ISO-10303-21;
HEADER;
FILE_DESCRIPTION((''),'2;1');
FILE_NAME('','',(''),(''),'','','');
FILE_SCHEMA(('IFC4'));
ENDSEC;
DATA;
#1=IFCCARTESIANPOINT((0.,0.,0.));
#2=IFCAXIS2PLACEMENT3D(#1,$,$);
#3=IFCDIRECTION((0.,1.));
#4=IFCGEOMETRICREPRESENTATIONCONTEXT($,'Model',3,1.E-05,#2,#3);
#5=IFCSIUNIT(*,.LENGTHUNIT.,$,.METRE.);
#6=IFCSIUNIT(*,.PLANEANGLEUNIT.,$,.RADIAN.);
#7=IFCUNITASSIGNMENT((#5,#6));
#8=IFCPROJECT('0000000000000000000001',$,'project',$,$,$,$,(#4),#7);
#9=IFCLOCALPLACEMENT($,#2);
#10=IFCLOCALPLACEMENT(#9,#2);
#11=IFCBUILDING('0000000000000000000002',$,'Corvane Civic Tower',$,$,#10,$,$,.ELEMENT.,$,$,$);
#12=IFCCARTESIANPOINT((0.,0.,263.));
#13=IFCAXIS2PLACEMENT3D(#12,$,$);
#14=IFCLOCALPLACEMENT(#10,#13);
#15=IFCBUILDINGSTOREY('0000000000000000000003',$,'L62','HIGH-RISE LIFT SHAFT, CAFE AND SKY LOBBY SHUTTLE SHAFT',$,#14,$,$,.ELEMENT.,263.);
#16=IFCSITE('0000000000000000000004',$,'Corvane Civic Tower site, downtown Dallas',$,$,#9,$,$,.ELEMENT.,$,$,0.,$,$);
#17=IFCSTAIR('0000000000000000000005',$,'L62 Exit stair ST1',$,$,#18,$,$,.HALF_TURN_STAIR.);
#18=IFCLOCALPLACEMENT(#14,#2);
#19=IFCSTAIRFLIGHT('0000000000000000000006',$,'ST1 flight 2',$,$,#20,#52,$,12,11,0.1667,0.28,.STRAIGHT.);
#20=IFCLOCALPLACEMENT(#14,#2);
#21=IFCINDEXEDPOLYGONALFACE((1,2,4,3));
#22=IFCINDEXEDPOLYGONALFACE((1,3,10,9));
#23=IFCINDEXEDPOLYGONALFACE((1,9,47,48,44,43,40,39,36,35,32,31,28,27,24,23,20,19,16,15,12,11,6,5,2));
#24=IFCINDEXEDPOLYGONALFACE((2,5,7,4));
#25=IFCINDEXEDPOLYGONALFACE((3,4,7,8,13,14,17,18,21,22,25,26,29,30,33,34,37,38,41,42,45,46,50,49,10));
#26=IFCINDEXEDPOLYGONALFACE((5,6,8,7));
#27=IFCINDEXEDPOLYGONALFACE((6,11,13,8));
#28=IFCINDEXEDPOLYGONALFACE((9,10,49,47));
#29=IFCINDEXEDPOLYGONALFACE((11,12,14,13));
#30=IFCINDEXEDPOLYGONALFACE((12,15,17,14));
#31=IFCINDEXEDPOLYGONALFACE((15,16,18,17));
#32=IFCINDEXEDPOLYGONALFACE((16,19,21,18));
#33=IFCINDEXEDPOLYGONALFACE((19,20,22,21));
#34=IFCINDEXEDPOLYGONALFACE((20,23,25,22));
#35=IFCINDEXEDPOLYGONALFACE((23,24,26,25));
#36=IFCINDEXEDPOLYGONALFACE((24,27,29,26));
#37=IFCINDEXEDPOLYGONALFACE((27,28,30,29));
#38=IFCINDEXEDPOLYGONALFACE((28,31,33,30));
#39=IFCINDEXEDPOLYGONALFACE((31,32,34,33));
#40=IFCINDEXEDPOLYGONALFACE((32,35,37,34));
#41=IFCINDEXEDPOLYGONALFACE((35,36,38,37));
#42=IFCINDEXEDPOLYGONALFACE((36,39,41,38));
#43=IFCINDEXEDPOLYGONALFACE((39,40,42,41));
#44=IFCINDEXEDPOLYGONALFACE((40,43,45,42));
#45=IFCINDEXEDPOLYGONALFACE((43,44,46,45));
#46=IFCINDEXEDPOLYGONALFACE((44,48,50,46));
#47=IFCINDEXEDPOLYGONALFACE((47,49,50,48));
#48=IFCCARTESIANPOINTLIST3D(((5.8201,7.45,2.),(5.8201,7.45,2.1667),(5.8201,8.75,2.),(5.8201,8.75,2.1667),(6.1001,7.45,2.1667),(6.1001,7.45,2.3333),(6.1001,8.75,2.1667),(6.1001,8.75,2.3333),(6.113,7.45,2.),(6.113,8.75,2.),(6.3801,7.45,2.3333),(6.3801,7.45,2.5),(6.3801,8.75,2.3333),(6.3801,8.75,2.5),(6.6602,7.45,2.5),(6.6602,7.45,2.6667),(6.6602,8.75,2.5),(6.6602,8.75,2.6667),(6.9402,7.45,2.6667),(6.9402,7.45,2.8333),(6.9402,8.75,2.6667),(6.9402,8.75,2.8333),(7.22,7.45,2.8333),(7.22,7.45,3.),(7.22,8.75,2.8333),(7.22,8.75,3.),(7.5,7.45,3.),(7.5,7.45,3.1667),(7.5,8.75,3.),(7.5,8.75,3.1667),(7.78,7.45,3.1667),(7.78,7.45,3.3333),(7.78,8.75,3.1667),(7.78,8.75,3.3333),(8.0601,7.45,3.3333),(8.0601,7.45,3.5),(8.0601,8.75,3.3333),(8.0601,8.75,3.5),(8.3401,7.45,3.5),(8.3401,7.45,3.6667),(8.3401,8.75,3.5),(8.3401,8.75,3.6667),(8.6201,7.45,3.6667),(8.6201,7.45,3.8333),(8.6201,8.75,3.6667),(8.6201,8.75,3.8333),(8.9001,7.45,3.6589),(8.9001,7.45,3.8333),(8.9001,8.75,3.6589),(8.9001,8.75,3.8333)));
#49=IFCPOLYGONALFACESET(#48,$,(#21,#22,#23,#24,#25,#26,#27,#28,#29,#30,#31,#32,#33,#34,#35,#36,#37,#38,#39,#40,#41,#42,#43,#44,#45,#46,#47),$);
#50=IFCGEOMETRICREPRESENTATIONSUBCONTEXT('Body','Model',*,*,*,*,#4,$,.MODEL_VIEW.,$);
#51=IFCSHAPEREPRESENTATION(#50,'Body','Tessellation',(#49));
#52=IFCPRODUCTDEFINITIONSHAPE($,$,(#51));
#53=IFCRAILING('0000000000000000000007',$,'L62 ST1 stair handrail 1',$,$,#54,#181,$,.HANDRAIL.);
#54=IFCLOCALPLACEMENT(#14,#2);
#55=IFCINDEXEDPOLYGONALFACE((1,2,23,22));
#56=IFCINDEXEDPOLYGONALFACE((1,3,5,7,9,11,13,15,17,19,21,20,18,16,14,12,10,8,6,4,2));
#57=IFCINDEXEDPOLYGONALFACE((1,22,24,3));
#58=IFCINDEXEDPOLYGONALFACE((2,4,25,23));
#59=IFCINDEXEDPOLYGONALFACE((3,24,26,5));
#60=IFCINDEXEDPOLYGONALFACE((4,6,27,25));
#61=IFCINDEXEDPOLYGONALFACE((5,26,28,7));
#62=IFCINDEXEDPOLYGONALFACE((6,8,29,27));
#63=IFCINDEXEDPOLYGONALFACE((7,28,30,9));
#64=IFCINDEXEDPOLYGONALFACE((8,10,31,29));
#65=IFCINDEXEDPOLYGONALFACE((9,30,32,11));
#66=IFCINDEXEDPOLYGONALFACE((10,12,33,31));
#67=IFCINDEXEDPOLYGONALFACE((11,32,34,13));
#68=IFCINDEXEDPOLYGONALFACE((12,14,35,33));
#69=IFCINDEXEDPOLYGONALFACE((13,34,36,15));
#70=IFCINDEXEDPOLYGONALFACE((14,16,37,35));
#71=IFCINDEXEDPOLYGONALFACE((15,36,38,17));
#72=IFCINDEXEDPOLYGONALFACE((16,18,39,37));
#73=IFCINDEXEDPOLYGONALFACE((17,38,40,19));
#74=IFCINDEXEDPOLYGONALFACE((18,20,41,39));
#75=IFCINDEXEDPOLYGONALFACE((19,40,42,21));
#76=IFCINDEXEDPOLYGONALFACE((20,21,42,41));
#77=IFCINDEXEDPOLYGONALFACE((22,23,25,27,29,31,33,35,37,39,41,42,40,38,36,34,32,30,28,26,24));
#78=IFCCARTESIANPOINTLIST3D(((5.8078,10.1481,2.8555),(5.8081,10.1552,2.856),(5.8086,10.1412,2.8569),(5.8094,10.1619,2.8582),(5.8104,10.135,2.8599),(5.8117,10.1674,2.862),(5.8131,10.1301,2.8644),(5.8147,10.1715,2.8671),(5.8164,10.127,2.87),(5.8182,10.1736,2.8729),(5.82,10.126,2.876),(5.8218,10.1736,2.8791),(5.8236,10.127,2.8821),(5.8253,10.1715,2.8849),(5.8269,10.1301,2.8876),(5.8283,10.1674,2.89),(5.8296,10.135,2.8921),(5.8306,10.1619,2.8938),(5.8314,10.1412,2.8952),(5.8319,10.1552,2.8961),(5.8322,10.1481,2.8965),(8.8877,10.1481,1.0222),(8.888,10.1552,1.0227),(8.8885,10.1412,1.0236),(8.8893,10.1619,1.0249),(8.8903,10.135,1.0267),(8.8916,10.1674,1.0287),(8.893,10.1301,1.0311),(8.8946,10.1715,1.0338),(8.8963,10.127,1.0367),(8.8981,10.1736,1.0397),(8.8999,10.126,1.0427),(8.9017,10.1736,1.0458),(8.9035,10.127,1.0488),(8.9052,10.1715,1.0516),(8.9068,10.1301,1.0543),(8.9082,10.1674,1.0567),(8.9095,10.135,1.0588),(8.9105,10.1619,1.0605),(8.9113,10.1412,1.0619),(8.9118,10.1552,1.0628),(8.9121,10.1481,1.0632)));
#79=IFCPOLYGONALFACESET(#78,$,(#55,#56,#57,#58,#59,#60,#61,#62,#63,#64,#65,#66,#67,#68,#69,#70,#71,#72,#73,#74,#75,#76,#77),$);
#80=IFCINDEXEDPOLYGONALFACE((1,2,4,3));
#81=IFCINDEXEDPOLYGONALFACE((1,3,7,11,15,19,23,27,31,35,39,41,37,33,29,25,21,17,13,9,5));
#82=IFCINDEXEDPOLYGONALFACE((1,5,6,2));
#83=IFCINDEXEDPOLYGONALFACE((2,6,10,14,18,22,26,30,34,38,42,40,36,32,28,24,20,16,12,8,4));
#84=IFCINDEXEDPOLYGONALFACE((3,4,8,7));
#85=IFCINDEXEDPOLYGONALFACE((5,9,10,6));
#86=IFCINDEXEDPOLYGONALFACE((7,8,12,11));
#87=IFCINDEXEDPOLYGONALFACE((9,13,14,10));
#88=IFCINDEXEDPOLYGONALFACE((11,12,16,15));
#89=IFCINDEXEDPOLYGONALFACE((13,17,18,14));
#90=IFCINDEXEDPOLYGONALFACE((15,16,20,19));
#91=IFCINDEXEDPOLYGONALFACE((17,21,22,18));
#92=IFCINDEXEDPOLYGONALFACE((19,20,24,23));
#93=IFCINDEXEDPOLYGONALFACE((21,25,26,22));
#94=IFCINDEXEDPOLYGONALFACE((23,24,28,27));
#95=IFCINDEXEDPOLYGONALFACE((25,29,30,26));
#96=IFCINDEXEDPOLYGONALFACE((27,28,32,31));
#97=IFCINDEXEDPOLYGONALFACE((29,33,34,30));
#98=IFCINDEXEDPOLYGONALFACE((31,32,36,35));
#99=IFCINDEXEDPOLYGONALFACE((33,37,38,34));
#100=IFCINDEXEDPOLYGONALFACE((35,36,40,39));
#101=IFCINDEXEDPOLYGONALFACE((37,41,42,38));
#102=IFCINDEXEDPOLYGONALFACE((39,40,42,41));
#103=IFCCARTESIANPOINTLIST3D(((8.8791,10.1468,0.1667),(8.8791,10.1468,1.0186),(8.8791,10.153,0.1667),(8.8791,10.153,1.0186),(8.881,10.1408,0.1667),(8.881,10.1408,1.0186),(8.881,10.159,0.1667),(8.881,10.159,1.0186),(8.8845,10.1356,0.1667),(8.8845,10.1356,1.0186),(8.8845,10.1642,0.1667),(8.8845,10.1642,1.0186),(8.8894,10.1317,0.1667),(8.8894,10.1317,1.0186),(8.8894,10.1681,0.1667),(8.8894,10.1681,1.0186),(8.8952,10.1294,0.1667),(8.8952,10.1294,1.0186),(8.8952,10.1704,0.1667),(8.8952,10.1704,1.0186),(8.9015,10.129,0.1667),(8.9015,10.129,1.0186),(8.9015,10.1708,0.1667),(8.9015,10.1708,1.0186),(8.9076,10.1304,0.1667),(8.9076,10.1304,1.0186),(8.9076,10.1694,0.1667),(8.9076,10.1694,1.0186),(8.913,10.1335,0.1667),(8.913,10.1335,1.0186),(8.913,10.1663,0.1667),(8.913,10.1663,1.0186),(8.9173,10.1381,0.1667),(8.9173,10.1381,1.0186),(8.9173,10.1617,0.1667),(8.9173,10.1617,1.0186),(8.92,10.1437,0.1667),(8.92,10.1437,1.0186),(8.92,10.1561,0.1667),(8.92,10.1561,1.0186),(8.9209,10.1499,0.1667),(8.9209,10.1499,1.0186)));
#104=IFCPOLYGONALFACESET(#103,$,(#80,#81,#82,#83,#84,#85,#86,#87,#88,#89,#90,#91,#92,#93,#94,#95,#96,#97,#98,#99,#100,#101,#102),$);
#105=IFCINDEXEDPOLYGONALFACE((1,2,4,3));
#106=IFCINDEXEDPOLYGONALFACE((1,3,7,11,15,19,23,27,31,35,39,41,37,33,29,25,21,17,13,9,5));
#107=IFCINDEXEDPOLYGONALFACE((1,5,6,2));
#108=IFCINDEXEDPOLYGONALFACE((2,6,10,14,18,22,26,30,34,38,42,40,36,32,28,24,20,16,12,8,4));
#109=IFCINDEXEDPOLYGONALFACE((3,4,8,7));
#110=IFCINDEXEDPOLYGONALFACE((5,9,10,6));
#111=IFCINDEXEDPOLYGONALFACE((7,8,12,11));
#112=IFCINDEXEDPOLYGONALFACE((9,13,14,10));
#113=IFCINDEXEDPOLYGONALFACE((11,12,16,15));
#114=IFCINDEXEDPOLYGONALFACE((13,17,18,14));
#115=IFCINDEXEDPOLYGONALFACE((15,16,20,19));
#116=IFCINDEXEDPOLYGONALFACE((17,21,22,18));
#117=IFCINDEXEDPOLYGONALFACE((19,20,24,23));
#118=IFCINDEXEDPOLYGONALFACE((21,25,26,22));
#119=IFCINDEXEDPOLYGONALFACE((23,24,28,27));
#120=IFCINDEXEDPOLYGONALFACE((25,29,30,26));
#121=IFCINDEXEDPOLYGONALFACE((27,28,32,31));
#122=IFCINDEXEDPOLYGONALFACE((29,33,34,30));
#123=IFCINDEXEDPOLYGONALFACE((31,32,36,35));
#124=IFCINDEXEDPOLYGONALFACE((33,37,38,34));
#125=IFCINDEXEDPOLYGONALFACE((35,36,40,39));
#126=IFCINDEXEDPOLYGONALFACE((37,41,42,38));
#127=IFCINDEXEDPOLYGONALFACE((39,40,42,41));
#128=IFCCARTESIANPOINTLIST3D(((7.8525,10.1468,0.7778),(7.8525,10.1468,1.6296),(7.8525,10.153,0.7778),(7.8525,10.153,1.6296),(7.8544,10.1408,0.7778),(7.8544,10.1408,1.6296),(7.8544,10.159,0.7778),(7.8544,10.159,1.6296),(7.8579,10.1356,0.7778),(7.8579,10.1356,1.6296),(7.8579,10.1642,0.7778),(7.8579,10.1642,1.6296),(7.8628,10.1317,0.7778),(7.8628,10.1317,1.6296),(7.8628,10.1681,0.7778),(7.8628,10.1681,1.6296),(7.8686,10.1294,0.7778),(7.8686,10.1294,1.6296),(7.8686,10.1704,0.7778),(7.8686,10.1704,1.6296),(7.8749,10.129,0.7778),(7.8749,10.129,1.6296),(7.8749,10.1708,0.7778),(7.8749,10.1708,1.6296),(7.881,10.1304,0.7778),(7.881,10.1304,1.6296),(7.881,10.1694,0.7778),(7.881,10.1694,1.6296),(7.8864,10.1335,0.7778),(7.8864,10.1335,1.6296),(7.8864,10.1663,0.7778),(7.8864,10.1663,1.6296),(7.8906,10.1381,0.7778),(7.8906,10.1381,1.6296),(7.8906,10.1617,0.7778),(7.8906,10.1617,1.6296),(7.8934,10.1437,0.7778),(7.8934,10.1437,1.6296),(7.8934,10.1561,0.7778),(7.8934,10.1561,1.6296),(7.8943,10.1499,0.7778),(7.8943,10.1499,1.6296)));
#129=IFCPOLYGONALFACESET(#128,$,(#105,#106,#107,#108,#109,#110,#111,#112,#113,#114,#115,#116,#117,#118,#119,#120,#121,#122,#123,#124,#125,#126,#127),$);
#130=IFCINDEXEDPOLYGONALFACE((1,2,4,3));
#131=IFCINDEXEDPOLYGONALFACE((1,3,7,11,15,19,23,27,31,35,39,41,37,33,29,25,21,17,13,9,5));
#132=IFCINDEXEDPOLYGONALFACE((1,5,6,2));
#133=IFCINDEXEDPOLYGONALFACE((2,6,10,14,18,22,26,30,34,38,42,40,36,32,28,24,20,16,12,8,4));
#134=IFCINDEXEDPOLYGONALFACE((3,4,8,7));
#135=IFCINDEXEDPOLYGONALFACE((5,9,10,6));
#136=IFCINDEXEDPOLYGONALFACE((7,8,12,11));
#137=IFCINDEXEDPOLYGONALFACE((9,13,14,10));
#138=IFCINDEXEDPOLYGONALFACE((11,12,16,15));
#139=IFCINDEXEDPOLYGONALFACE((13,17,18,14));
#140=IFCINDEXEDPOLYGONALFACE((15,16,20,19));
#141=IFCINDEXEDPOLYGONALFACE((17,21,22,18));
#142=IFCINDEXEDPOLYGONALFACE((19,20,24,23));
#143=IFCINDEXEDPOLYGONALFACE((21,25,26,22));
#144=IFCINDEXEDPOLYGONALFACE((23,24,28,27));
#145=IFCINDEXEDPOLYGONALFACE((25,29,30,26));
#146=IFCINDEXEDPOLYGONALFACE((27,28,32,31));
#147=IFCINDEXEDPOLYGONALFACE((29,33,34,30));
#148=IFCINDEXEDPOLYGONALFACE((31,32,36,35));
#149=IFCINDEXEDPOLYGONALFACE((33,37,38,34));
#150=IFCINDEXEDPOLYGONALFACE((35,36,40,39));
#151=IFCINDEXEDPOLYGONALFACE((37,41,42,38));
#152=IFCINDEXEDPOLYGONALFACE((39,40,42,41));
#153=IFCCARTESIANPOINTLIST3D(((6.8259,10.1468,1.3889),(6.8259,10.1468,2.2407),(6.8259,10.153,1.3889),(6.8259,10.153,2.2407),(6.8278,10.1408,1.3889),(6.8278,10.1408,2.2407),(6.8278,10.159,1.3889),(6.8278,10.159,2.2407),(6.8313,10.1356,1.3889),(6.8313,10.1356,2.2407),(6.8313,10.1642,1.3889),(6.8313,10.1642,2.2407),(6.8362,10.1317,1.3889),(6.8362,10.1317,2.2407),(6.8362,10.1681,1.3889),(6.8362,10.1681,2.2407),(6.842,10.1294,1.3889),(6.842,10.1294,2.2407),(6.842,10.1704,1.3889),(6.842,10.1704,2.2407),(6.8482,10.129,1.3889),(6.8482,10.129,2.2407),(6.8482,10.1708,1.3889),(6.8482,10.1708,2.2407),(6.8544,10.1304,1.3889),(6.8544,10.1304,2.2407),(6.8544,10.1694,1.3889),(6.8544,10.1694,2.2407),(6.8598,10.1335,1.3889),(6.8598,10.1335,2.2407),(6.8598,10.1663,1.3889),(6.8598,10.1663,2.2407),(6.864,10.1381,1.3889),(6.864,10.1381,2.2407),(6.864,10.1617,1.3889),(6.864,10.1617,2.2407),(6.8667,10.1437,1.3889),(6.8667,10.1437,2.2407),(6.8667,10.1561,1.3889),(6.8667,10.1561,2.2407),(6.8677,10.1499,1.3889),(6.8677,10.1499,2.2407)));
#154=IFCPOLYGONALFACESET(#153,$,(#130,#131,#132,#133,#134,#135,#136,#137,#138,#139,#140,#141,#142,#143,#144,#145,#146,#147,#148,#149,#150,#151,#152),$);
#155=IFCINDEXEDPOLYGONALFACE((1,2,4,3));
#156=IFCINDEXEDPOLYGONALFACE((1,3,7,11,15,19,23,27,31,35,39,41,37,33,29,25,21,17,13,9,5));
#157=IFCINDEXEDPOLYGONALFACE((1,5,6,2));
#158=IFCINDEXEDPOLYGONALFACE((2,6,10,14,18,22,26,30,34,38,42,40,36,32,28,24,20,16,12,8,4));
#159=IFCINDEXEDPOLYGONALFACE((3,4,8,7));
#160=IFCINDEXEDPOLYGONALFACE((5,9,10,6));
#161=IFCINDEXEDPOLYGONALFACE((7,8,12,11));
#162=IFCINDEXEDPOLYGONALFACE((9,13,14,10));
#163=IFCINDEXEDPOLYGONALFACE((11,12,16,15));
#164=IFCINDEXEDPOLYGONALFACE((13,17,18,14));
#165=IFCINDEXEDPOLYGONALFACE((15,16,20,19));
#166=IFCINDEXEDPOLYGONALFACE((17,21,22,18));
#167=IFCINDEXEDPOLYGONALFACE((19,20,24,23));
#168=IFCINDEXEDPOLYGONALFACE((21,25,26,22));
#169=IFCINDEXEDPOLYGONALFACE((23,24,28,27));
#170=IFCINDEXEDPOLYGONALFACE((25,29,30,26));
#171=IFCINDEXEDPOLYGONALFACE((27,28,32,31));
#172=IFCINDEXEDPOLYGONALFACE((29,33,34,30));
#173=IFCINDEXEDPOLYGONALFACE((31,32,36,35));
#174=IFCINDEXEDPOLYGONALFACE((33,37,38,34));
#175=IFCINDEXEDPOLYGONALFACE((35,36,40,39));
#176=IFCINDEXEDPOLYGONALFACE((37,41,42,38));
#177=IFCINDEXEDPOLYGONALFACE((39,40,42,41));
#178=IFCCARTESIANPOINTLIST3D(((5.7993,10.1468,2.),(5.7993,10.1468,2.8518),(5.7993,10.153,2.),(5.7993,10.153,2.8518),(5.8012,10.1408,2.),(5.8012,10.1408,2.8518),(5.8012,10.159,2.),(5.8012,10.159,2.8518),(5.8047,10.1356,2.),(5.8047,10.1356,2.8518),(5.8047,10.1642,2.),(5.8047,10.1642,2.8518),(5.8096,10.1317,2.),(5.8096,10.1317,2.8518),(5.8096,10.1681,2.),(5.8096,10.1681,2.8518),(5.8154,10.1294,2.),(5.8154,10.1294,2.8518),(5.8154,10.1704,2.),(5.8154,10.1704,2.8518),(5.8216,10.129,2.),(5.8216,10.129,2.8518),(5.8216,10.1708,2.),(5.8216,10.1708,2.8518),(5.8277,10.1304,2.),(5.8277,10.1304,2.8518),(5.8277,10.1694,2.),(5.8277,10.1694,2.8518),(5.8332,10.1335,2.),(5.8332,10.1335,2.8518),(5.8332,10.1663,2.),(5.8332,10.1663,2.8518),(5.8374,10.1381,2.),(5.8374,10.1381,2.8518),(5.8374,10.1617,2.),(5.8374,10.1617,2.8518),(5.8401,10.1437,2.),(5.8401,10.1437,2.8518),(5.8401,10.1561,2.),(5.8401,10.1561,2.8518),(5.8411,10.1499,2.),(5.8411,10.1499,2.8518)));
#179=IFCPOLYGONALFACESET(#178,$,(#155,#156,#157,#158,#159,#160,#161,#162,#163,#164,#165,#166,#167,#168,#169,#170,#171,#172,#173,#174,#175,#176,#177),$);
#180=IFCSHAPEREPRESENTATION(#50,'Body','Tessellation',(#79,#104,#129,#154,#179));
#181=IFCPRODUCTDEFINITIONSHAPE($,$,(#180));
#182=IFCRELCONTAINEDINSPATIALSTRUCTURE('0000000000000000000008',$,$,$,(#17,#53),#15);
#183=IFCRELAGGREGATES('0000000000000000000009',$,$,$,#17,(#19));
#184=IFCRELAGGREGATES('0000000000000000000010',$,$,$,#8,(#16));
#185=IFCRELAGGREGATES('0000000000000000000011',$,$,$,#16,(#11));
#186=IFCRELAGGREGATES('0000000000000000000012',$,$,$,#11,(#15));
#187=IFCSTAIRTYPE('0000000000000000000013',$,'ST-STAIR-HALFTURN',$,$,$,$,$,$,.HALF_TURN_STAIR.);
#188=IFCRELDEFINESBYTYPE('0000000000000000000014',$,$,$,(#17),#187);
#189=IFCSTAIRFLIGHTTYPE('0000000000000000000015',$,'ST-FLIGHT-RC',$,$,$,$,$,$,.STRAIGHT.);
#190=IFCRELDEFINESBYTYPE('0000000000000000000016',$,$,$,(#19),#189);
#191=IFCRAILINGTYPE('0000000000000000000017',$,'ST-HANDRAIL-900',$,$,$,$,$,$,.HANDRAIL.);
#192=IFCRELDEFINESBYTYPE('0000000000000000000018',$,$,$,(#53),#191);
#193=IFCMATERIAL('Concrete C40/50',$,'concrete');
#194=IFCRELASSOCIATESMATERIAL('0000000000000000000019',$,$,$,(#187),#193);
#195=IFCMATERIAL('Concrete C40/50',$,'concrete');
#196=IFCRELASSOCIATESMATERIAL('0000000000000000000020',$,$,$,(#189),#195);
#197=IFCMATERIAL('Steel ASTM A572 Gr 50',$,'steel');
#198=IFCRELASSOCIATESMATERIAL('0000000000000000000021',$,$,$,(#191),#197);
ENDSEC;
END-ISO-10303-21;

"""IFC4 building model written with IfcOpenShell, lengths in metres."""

from ifc_helpers import new_model, si_unit, direction, frame, origin, origin_2d, place, context, subcontext, project, spatial, polyline, circle, outline, extrude, material, type_object, element, aggregate, save


model = new_model("IFC4")

# Units and contexts
model_context = context("Model", 3, precision=1e-05, world=origin(), true_north=direction((0.0, 1.0)))
body_context = subcontext(model_context, "Body", "Model", "MODEL_VIEW")
ifc_project = project(units=[si_unit("LENGTHUNIT", "METRE"), si_unit("PLANEANGLEUNIT", "RADIAN")], contexts=[model_context])

# Site, building, storey
site_placement = place(None, origin())
site = spatial("IfcSite", under=ifc_project, at=site_placement, Name="Corvane Civic Tower site, downtown Dallas", CompositionType="ELEMENT", RefElevation=0.0)
building_placement = place(site_placement, origin())
building = spatial("IfcBuilding", under=site, at=building_placement, Name="Corvane Civic Tower", CompositionType="ELEMENT")
storey_placement = place(building_placement, frame((0.0, 0.0, 263.0)))
storey = spatial("IfcBuildingStorey", under=building, at=storey_placement, Name="L62", Description="HIGH-RISE LIFT SHAFT, CAFE AND SKY LOBBY SHUTTLE SHAFT", CompositionType="ELEMENT", Elevation=263.0)

# Stair, stair flight
ifc_material_1 = material(Name="Concrete C40/50", Category="concrete")
stair_type = type_object("IfcStairType", Name="ST-STAIR-HALFTURN", PredefinedType="HALF_TURN_STAIR", material=ifc_material_1)
stair_placement = place(storey_placement, origin())
stair = element("IfcStair", 1, at=stair_placement, inside=storey, type_object=stair_type, Name="L62 Exit stair ST1", PredefinedType="HALF_TURN_STAIR")
ifc_material_2 = material(Name="Concrete C40/50", Category="concrete")
stair_flight_type = type_object("IfcStairFlightType", Name="ST-FLIGHT-RC", PredefinedType="STRAIGHT", material=ifc_material_2)
stair_flight_1_placement = place(storey_placement, frame((5.8201, 8.1001, 2.0), z_axis=(0.0, 0.0, 1.0), x_axis=(1.0, 0.0, 0.0)))
stair_flight_1 = element("IfcStairFlight", 2, at=stair_flight_1_placement, type_object=stair_flight_type, Name="ST1 flight 2", NumberOfRisers=12, NumberOfTreads=11, PredefinedType="STRAIGHT", RiserHeight=0.1667, TreadLength=0.28, context=body_context, shape_type="SweptSolid", body=[
    extrude(outline(polyline([(0.0, 0.0), (0.0, 0.1667), (0.28, 0.1667), (0.28, 0.3333), (0.5601, 0.3333), (0.5601, 0.5), (0.8401, 0.5), (0.8401, 0.6667), (1.1201, 0.6667), (1.1201, 0.8333), (1.3999, 0.8333), (1.3999, 1.0), (1.6799, 1.0), (1.6799, 1.1667), (1.96, 1.1667), (1.96, 1.3333), (2.24, 1.3333), (2.24, 1.5), (2.52, 1.5), (2.52, 1.6667), (2.8, 1.6667), (2.8, 1.8333), (3.0801, 1.8333), (3.0801, 2.0), (3.0801, 1.6589), (0.293, 0.0), (0.0, 0.0)])), frame((0.0, 0.6499, 0.0), z_axis=(0.0, -1.0, 0.0), x_axis=(1.0, 0.0, 0.0)), (0.0, 0.0, 1.0), 1.3),
])
aggregate(stair, [stair_flight_1])

# Railing
ifc_material_3 = material(Name="Steel ASTM A572 Gr 50", Category="steel")
railing_type_1 = type_object("IfcRailingType", Name="ST-HANDRAIL-900", PredefinedType="HANDRAIL", material=ifc_material_3)
railing_1_placement = place(storey_placement, frame((8.8999, 10.1499, 0.1667)))
element("IfcRailing", 3, at=railing_1_placement, inside=storey, type_object=railing_type_1, Name="L62 ST1 stair handrail 1", PredefinedType="HANDRAIL", context=body_context, shape_type="SweptSolid", body=[
    extrude(circle(Radius=0.0239, at=origin_2d()), frame((0.0, 0.0, 0.876), z_axis=(-0.859291, 0.0, 0.511487), x_axis=(0.0, -1.0, 0.0)), (0.0, 0.0, 1.0), 3.5842),
    extrude(circle(Radius=0.021, at=origin_2d()), origin(), (0.0, 0.0, 1.0), 0.8518),
    extrude(circle(Radius=0.021, at=origin_2d()), frame((-1.0266, 0.0, 0.6111)), (0.0, 0.0, 1.0), 0.8518),
    extrude(circle(Radius=0.021, at=origin_2d()), frame((-2.0532, 0.0, 1.2222)), (0.0, 0.0, 1.0), 0.8518),
    extrude(circle(Radius=0.021, at=origin_2d()), frame((-3.0798, 0.0, 1.8333)), (0.0, 0.0, 1.0), 0.8518),
])

save(model, "model.ifc")
